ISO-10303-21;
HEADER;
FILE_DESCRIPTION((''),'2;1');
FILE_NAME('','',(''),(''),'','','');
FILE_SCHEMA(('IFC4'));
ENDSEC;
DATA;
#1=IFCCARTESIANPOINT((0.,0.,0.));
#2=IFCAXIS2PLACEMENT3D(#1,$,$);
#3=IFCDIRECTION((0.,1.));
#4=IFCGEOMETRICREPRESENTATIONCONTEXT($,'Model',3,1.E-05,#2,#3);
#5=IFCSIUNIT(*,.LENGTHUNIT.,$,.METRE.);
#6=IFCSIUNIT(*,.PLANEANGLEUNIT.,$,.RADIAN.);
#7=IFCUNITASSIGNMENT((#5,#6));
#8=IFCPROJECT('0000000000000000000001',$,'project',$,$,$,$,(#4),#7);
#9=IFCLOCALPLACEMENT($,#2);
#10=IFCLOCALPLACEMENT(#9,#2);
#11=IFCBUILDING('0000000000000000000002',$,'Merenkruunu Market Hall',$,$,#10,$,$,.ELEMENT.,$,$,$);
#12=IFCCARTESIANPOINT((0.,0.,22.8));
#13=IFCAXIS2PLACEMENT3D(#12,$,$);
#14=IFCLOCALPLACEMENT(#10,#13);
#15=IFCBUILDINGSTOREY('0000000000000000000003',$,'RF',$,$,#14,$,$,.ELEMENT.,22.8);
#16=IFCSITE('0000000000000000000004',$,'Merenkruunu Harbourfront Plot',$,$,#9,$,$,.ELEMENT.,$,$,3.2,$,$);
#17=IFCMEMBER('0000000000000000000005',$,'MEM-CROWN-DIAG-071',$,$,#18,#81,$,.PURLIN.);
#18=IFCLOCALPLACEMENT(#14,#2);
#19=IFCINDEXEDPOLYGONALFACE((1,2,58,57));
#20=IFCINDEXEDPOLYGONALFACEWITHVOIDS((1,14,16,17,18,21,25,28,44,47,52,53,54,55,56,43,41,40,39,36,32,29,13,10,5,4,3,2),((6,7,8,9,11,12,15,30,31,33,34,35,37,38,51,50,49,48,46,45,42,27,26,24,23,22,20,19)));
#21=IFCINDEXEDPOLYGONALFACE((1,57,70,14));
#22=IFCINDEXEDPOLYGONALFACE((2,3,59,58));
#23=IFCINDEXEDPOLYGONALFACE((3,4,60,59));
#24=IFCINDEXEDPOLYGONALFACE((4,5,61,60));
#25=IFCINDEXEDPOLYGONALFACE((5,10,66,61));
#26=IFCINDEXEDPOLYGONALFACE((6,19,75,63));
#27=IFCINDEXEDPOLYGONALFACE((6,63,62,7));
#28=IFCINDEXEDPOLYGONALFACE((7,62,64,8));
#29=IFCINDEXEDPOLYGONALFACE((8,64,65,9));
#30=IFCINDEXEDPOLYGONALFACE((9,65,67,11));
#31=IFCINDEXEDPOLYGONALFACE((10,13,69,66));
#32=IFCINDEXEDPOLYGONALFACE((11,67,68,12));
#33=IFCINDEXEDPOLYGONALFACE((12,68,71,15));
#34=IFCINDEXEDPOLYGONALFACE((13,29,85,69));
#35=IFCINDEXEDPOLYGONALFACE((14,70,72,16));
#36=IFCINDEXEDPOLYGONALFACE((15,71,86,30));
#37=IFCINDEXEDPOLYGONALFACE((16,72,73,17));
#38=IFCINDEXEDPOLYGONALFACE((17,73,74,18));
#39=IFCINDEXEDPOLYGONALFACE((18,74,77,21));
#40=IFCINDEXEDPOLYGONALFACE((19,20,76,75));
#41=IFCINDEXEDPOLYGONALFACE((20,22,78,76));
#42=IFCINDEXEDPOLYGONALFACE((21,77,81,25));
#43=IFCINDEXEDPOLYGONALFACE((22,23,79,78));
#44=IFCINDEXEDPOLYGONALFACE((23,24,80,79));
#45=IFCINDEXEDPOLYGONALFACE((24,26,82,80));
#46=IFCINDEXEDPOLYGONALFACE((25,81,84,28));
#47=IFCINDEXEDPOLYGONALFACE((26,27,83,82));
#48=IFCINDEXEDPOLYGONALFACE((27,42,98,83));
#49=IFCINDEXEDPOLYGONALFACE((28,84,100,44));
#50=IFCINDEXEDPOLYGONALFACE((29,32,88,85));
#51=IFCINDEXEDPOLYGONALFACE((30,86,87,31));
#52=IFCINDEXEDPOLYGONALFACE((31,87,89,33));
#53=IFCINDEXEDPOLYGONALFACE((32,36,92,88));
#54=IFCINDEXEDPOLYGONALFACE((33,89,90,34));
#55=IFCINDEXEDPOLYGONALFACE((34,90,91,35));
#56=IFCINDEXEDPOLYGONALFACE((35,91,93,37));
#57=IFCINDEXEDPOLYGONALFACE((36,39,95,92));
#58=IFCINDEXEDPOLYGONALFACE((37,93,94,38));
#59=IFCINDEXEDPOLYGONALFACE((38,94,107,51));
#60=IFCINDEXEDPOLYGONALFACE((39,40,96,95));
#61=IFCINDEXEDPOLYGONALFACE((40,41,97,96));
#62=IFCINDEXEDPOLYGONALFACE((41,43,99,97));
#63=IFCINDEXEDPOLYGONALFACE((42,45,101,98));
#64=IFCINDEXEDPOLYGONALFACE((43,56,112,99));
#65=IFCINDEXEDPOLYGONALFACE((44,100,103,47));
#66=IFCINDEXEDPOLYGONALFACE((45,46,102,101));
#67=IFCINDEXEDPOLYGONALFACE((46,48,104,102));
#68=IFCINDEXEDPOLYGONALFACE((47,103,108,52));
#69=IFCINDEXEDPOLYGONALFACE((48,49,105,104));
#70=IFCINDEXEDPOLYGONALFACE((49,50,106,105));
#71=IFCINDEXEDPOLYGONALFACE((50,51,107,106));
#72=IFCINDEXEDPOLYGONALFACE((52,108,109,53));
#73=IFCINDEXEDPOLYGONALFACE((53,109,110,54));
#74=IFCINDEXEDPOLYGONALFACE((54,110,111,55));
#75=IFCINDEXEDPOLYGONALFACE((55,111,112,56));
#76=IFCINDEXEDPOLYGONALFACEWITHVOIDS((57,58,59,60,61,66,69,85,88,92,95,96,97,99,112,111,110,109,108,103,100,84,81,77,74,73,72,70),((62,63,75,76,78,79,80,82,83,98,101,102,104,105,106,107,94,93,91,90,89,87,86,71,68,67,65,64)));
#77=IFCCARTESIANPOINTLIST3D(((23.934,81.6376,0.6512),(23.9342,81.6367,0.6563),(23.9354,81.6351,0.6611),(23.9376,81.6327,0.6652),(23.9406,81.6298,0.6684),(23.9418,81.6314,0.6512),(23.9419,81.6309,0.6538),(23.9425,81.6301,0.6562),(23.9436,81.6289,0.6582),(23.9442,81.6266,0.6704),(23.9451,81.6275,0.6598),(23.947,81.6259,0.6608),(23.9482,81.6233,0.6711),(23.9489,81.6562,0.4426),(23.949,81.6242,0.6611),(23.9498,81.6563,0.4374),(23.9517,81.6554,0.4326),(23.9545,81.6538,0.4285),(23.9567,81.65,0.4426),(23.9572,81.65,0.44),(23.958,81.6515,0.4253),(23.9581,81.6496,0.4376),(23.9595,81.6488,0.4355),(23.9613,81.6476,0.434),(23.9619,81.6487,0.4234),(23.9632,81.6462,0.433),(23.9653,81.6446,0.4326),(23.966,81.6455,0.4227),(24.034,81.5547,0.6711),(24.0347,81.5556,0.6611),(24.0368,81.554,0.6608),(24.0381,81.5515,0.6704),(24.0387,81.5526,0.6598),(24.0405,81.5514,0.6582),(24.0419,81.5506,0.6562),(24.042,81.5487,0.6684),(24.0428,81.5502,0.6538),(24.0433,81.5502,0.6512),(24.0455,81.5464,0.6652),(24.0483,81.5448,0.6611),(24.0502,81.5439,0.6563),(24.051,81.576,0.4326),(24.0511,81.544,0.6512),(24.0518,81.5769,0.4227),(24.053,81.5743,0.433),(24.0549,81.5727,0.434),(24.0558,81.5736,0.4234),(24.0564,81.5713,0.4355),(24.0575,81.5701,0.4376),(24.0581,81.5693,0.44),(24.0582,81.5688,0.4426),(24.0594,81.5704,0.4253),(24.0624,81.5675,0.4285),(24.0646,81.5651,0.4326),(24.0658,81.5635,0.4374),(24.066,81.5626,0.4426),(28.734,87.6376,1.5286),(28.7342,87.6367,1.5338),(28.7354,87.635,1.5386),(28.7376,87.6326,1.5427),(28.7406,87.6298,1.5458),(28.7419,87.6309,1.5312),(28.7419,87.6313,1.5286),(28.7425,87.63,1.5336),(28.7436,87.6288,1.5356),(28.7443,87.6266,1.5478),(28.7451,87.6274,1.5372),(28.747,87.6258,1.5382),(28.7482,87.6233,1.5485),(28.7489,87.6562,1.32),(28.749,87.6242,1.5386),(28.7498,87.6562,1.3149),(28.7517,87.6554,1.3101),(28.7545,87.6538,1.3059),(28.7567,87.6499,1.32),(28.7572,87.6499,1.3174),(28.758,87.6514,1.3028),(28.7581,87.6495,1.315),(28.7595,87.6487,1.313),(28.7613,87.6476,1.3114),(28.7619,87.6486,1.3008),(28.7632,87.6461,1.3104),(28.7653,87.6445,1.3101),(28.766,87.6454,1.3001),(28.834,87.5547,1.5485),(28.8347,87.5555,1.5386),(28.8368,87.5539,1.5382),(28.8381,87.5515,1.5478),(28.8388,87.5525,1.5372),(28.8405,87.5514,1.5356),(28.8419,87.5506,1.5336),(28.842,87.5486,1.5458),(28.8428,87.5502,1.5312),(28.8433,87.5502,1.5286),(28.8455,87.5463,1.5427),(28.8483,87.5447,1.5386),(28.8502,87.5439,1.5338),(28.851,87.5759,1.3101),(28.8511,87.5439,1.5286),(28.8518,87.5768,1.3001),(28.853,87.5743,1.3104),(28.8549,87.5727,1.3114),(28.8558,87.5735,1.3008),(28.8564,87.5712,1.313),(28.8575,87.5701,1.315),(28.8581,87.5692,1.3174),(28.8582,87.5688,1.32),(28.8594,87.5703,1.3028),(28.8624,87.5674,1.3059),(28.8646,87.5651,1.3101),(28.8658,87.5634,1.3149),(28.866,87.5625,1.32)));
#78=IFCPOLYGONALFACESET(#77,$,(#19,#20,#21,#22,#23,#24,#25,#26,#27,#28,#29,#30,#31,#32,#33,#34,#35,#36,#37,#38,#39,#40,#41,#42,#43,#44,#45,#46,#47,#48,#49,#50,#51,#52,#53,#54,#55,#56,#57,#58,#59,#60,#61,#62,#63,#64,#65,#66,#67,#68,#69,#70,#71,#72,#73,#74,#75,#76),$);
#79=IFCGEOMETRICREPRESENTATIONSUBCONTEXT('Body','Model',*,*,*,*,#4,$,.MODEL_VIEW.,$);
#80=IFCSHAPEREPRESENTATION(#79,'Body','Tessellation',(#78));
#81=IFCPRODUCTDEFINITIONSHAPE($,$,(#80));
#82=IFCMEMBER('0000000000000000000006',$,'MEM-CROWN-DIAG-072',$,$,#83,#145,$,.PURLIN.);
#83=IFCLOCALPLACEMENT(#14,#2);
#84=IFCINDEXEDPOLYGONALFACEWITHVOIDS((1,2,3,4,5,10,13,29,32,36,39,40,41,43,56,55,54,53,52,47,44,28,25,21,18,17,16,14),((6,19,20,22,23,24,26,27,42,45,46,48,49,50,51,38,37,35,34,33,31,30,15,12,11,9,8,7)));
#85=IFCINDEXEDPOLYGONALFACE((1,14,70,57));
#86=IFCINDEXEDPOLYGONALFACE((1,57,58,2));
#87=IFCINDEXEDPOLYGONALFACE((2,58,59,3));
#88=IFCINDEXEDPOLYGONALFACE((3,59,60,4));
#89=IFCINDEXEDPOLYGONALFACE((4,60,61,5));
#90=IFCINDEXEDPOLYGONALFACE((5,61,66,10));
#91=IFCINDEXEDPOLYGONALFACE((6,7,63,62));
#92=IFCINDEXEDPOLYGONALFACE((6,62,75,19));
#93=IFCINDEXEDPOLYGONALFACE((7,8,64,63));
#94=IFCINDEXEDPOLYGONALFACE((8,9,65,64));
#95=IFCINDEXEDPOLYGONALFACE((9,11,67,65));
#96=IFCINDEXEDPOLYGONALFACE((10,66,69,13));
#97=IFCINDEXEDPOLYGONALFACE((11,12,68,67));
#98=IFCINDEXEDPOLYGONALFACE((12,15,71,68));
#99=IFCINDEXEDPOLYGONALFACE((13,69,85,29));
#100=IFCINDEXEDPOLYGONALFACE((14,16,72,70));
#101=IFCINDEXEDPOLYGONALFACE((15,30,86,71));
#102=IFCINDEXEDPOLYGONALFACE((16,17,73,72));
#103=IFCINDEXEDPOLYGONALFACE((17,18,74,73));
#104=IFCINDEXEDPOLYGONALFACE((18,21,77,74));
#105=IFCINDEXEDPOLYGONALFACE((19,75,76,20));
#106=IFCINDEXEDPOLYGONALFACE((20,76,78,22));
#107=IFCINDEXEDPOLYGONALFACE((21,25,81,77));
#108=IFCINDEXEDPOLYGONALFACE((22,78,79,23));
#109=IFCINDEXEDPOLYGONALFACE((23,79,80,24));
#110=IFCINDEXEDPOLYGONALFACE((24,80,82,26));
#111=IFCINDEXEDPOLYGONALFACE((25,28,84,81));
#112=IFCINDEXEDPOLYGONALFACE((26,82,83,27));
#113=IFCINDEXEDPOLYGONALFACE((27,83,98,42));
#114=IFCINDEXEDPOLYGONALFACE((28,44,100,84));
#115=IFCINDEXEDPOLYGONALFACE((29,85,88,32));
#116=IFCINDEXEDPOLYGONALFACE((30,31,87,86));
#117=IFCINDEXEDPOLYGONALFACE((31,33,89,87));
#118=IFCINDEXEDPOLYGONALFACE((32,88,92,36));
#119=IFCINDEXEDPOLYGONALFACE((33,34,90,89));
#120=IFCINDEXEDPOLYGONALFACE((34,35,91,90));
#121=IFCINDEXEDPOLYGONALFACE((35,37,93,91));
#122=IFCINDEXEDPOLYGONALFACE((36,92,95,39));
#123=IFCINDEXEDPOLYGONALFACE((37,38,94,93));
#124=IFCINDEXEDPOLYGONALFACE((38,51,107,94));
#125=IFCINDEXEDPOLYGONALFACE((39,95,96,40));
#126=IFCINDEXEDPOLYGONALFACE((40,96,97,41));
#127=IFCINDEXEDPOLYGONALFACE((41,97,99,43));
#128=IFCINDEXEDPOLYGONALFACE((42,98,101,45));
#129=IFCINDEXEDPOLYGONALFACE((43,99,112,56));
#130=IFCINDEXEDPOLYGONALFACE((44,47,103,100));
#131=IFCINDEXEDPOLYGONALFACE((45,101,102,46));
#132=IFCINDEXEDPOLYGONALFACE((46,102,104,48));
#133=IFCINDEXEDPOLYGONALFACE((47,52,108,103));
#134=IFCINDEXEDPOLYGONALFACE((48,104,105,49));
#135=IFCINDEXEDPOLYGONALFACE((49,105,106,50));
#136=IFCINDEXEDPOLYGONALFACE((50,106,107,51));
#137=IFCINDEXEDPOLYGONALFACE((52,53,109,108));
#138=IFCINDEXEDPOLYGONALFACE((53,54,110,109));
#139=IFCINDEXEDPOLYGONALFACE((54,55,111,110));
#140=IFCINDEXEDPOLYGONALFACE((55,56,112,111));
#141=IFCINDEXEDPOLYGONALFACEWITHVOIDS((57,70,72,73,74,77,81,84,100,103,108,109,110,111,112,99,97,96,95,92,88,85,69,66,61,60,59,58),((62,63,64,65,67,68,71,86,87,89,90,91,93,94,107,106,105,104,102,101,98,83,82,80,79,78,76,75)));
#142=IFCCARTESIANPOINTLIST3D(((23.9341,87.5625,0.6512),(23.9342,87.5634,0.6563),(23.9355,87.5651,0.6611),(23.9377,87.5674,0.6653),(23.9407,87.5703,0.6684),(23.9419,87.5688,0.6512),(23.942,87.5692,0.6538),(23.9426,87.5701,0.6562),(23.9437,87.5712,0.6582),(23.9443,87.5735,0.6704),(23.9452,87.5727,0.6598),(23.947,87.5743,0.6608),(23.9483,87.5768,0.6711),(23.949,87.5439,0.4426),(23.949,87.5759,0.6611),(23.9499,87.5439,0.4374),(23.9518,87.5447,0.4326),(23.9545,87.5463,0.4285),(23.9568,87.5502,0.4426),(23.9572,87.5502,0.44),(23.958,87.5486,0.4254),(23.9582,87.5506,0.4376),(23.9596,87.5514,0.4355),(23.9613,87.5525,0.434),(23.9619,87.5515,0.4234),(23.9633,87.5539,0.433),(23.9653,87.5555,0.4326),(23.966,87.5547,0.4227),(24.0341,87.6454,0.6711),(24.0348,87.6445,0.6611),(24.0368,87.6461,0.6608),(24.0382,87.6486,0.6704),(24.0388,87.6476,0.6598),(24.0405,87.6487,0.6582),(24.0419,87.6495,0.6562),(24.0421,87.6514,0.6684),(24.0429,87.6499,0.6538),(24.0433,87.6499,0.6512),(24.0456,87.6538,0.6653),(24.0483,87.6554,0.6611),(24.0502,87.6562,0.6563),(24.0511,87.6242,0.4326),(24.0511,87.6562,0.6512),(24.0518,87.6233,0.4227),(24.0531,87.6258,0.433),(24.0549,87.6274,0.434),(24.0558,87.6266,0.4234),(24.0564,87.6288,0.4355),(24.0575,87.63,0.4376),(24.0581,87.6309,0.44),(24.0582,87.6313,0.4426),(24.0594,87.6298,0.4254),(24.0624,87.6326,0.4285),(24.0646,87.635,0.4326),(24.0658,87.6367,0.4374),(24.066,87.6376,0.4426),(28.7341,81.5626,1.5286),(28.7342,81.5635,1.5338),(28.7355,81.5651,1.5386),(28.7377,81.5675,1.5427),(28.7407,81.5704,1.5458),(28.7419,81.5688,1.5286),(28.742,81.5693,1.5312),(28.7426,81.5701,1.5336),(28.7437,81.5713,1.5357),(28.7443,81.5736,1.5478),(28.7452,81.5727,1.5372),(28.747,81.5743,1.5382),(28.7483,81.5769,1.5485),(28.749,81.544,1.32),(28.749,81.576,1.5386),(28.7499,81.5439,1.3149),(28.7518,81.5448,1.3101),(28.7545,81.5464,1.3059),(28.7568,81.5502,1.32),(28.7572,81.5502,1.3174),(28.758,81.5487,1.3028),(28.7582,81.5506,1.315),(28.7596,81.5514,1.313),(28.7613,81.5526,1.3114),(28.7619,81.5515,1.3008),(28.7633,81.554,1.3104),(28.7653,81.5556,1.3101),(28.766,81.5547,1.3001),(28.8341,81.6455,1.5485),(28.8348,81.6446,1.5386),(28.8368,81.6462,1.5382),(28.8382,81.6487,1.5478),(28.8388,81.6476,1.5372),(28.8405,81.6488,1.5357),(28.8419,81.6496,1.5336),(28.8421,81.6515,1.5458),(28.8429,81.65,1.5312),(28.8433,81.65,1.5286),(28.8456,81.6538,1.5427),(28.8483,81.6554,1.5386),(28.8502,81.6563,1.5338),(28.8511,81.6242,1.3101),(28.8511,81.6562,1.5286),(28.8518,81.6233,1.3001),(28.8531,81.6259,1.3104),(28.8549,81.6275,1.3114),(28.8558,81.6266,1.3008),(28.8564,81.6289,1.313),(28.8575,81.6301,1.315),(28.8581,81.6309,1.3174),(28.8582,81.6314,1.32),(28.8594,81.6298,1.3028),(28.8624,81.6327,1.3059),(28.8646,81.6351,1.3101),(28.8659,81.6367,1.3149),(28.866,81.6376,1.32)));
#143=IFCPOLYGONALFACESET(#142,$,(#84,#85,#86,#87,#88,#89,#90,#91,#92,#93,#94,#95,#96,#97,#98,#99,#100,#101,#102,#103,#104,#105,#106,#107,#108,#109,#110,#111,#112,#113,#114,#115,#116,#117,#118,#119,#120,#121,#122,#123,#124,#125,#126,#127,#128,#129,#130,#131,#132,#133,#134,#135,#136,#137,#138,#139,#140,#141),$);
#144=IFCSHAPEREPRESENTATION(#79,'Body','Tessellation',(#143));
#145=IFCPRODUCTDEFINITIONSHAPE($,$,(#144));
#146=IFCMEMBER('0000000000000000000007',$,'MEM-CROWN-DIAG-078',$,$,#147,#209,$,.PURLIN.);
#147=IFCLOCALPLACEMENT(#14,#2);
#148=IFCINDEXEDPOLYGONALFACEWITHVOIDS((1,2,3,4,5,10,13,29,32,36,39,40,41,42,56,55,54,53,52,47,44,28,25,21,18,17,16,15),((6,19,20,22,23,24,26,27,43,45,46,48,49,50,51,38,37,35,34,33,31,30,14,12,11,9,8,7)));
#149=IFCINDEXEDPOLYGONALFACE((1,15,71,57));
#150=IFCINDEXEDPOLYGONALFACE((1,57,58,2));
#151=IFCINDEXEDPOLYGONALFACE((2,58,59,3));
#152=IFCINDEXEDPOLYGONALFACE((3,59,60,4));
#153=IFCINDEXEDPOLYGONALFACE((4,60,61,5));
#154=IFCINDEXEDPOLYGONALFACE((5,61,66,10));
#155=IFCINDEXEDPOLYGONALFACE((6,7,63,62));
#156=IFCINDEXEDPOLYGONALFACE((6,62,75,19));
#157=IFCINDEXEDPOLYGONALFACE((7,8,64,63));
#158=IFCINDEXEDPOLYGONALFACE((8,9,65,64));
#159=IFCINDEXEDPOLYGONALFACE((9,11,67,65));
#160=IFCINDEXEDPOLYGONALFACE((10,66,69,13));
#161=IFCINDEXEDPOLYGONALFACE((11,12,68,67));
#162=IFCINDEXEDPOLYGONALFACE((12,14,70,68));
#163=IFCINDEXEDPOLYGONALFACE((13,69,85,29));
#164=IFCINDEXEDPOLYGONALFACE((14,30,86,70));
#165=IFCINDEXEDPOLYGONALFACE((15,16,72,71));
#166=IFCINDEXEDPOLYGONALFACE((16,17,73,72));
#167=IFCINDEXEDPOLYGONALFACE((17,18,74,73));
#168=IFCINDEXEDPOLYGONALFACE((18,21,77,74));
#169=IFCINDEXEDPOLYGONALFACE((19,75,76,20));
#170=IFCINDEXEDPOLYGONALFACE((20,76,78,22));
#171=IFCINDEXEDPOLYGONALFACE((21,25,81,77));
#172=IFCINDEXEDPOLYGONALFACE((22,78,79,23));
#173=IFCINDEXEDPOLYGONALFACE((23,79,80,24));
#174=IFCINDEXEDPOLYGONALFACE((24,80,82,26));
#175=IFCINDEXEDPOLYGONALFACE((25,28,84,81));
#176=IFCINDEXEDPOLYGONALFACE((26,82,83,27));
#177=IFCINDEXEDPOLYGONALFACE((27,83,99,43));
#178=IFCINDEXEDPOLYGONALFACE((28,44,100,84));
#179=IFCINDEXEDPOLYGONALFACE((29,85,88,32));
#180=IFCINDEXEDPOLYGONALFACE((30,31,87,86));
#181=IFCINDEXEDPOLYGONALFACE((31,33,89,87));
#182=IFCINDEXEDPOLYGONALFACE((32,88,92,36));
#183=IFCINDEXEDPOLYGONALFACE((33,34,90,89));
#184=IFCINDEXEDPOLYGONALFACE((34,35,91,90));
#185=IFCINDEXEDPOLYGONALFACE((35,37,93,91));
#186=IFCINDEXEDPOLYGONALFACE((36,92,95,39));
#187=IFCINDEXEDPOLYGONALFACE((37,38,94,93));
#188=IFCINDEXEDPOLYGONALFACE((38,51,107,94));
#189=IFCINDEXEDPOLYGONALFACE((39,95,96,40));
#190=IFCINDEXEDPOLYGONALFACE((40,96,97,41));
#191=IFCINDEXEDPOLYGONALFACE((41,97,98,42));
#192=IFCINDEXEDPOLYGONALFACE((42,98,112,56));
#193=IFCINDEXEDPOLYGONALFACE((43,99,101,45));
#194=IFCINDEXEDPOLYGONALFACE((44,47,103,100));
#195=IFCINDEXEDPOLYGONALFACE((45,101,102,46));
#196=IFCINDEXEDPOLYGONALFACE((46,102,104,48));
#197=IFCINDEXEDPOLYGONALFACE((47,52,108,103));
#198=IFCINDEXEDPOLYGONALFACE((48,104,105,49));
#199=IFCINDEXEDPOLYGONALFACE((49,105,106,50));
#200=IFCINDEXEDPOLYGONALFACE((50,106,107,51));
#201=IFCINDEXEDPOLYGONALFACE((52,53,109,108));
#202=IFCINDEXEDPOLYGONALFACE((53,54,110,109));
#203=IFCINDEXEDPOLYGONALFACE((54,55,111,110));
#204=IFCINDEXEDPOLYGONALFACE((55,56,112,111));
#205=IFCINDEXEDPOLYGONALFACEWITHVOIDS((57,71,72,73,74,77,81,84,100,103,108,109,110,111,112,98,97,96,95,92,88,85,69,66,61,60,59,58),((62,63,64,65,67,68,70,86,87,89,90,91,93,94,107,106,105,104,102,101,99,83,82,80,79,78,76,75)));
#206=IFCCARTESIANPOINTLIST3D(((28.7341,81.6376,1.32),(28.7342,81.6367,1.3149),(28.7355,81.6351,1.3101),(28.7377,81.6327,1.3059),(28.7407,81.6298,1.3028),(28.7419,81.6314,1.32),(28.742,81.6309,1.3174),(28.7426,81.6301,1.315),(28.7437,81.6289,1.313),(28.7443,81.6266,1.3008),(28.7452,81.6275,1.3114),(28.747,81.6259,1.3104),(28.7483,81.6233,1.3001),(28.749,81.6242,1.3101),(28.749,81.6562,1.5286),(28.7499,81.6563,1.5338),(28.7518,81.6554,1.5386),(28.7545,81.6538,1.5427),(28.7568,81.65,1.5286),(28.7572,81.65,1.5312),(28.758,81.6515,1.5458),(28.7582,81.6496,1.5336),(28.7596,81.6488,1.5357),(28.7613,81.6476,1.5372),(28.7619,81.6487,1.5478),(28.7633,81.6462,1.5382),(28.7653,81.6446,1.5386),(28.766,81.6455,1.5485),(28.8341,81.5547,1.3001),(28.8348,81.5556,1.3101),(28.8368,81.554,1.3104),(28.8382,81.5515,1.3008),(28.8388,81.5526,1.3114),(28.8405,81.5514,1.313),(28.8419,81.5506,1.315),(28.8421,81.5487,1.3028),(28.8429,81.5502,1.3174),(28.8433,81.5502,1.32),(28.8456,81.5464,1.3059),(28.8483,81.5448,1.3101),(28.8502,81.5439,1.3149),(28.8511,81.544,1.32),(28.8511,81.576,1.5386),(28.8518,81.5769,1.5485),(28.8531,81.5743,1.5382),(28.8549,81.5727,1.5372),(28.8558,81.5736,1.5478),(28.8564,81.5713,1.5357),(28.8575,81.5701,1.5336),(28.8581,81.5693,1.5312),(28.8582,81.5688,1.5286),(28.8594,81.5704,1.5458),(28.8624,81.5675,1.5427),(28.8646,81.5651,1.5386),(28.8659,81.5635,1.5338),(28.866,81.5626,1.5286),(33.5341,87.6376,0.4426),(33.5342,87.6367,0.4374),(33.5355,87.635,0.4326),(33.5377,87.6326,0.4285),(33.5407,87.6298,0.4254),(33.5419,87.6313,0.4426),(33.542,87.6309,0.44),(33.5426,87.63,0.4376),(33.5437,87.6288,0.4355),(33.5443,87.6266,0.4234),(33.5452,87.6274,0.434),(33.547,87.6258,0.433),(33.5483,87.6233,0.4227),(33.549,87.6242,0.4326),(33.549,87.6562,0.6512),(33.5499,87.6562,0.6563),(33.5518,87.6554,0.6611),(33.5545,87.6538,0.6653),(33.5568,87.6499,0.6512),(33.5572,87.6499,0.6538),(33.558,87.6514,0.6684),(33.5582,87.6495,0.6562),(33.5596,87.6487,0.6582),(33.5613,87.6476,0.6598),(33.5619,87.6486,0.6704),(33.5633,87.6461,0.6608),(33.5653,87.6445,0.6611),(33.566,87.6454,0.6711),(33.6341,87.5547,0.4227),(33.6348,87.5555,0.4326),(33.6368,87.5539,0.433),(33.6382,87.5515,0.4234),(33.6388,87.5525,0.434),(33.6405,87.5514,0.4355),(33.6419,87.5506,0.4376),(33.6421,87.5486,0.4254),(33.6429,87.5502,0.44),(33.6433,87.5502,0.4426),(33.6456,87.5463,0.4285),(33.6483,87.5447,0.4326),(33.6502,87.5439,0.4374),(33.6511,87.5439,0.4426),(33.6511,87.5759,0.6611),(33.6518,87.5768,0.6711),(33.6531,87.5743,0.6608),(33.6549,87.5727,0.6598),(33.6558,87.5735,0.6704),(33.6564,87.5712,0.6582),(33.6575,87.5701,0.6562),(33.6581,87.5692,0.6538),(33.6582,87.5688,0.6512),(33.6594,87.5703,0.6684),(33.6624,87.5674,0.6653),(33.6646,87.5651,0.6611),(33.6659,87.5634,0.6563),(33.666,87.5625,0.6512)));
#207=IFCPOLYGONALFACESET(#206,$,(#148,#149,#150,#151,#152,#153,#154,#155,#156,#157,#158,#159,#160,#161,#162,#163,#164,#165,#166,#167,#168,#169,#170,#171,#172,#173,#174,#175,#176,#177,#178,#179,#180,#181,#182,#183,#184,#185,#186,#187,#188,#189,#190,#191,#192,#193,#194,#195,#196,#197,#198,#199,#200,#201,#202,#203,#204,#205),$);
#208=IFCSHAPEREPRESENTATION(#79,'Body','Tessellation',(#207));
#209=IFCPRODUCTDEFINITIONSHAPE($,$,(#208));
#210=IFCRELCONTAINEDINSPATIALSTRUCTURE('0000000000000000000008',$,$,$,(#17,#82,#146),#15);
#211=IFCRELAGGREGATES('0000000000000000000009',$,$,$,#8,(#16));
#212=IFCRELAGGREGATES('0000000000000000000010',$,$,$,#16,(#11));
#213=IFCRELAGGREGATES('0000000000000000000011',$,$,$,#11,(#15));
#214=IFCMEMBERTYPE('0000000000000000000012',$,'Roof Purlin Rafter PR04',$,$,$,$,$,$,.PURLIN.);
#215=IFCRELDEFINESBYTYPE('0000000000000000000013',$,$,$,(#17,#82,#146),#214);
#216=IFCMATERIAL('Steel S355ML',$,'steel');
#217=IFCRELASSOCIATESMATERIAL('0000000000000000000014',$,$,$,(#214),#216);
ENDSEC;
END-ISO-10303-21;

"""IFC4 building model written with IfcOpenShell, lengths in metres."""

from ifc_helpers import new_model, si_unit, direction, frame, origin, origin_2d, place, context, subcontext, project, spatial, hollow_rectangle, extrude, material, material_profile, profile_set, type_object, element, save


model = new_model("IFC4")

# Units and contexts
model_context = context("Model", 3, precision=1e-05, world=origin(), true_north=direction((0.0, 1.0)))
body_context = subcontext(model_context, "Body", "Model", "MODEL_VIEW")
ifc_project = project(units=[si_unit("LENGTHUNIT", "METRE"), si_unit("PLANEANGLEUNIT", "RADIAN")], contexts=[model_context])

# Site, building, storey
site_placement = place(None, origin())
site = spatial("IfcSite", under=ifc_project, at=site_placement, Name="Merenkruunu Harbourfront Plot", CompositionType="ELEMENT", RefElevation=3.2)
building_placement = place(site_placement, origin())
building = spatial("IfcBuilding", under=site, at=building_placement, Name="Merenkruunu Market Hall", CompositionType="ELEMENT")
storey_placement = place(building_placement, frame((0.0, 0.0, 22.8)))
storey = spatial("IfcBuildingStorey", under=building, at=storey_placement, Name="RF", CompositionType="ELEMENT", Elevation=22.8)

# Members
ifc_material_1 = material(Name="Steel S355ML", Category="steel")
ifc_material_profile = material_profile(ifc_material_1, hollow_rectangle(XDim=0.1499, YDim=0.25, WallThickness=0.01, InnerFilletRadius=0.01, OuterFilletRadius=0.02, at=origin_2d()), Name="RHS 250x150x10")
ifc_profile_set = profile_set([ifc_material_profile], Name="Steel S355ML")
member_type = type_object("IfcMemberType", Name="Roof Purlin Rafter PR04", PredefinedType="PURLIN", material=ifc_profile_set)
for number, where, z_axis, x_axis, name in (
    (1, (24.0, 81.6001, 0.5469), (0.620665, 0.775824, 0.113457), (-0.780866, 0.624699, 0.0), "MEM-CROWN-DIAG-071"),
    (2, (28.8, 81.6001, 1.4243), (-0.620665, 0.775824, -0.113457), (-0.780866, -0.624699, 0.0), "MEM-CROWN-DIAG-072"),
    (3, (28.8, 81.6001, 1.4243), (0.620665, 0.775824, -0.113457), (-0.780866, 0.624699, 0.0), "MEM-CROWN-DIAG-078"),
):
    element("IfcMember", number, at=place(storey_placement, frame(where, z_axis=z_axis, x_axis=x_axis)), inside=storey, type_object=member_type, Name=name, PredefinedType="PURLIN", context=body_context, shape_type="SweptSolid", body=[
        extrude(hollow_rectangle(XDim=0.1499, YDim=0.25, WallThickness=0.01, InnerFilletRadius=0.01, OuterFilletRadius=0.02, at=origin_2d()), origin(), (0.0, 0.0, 1.0), 7.7336),
    ])

save(model, "model.ifc")
